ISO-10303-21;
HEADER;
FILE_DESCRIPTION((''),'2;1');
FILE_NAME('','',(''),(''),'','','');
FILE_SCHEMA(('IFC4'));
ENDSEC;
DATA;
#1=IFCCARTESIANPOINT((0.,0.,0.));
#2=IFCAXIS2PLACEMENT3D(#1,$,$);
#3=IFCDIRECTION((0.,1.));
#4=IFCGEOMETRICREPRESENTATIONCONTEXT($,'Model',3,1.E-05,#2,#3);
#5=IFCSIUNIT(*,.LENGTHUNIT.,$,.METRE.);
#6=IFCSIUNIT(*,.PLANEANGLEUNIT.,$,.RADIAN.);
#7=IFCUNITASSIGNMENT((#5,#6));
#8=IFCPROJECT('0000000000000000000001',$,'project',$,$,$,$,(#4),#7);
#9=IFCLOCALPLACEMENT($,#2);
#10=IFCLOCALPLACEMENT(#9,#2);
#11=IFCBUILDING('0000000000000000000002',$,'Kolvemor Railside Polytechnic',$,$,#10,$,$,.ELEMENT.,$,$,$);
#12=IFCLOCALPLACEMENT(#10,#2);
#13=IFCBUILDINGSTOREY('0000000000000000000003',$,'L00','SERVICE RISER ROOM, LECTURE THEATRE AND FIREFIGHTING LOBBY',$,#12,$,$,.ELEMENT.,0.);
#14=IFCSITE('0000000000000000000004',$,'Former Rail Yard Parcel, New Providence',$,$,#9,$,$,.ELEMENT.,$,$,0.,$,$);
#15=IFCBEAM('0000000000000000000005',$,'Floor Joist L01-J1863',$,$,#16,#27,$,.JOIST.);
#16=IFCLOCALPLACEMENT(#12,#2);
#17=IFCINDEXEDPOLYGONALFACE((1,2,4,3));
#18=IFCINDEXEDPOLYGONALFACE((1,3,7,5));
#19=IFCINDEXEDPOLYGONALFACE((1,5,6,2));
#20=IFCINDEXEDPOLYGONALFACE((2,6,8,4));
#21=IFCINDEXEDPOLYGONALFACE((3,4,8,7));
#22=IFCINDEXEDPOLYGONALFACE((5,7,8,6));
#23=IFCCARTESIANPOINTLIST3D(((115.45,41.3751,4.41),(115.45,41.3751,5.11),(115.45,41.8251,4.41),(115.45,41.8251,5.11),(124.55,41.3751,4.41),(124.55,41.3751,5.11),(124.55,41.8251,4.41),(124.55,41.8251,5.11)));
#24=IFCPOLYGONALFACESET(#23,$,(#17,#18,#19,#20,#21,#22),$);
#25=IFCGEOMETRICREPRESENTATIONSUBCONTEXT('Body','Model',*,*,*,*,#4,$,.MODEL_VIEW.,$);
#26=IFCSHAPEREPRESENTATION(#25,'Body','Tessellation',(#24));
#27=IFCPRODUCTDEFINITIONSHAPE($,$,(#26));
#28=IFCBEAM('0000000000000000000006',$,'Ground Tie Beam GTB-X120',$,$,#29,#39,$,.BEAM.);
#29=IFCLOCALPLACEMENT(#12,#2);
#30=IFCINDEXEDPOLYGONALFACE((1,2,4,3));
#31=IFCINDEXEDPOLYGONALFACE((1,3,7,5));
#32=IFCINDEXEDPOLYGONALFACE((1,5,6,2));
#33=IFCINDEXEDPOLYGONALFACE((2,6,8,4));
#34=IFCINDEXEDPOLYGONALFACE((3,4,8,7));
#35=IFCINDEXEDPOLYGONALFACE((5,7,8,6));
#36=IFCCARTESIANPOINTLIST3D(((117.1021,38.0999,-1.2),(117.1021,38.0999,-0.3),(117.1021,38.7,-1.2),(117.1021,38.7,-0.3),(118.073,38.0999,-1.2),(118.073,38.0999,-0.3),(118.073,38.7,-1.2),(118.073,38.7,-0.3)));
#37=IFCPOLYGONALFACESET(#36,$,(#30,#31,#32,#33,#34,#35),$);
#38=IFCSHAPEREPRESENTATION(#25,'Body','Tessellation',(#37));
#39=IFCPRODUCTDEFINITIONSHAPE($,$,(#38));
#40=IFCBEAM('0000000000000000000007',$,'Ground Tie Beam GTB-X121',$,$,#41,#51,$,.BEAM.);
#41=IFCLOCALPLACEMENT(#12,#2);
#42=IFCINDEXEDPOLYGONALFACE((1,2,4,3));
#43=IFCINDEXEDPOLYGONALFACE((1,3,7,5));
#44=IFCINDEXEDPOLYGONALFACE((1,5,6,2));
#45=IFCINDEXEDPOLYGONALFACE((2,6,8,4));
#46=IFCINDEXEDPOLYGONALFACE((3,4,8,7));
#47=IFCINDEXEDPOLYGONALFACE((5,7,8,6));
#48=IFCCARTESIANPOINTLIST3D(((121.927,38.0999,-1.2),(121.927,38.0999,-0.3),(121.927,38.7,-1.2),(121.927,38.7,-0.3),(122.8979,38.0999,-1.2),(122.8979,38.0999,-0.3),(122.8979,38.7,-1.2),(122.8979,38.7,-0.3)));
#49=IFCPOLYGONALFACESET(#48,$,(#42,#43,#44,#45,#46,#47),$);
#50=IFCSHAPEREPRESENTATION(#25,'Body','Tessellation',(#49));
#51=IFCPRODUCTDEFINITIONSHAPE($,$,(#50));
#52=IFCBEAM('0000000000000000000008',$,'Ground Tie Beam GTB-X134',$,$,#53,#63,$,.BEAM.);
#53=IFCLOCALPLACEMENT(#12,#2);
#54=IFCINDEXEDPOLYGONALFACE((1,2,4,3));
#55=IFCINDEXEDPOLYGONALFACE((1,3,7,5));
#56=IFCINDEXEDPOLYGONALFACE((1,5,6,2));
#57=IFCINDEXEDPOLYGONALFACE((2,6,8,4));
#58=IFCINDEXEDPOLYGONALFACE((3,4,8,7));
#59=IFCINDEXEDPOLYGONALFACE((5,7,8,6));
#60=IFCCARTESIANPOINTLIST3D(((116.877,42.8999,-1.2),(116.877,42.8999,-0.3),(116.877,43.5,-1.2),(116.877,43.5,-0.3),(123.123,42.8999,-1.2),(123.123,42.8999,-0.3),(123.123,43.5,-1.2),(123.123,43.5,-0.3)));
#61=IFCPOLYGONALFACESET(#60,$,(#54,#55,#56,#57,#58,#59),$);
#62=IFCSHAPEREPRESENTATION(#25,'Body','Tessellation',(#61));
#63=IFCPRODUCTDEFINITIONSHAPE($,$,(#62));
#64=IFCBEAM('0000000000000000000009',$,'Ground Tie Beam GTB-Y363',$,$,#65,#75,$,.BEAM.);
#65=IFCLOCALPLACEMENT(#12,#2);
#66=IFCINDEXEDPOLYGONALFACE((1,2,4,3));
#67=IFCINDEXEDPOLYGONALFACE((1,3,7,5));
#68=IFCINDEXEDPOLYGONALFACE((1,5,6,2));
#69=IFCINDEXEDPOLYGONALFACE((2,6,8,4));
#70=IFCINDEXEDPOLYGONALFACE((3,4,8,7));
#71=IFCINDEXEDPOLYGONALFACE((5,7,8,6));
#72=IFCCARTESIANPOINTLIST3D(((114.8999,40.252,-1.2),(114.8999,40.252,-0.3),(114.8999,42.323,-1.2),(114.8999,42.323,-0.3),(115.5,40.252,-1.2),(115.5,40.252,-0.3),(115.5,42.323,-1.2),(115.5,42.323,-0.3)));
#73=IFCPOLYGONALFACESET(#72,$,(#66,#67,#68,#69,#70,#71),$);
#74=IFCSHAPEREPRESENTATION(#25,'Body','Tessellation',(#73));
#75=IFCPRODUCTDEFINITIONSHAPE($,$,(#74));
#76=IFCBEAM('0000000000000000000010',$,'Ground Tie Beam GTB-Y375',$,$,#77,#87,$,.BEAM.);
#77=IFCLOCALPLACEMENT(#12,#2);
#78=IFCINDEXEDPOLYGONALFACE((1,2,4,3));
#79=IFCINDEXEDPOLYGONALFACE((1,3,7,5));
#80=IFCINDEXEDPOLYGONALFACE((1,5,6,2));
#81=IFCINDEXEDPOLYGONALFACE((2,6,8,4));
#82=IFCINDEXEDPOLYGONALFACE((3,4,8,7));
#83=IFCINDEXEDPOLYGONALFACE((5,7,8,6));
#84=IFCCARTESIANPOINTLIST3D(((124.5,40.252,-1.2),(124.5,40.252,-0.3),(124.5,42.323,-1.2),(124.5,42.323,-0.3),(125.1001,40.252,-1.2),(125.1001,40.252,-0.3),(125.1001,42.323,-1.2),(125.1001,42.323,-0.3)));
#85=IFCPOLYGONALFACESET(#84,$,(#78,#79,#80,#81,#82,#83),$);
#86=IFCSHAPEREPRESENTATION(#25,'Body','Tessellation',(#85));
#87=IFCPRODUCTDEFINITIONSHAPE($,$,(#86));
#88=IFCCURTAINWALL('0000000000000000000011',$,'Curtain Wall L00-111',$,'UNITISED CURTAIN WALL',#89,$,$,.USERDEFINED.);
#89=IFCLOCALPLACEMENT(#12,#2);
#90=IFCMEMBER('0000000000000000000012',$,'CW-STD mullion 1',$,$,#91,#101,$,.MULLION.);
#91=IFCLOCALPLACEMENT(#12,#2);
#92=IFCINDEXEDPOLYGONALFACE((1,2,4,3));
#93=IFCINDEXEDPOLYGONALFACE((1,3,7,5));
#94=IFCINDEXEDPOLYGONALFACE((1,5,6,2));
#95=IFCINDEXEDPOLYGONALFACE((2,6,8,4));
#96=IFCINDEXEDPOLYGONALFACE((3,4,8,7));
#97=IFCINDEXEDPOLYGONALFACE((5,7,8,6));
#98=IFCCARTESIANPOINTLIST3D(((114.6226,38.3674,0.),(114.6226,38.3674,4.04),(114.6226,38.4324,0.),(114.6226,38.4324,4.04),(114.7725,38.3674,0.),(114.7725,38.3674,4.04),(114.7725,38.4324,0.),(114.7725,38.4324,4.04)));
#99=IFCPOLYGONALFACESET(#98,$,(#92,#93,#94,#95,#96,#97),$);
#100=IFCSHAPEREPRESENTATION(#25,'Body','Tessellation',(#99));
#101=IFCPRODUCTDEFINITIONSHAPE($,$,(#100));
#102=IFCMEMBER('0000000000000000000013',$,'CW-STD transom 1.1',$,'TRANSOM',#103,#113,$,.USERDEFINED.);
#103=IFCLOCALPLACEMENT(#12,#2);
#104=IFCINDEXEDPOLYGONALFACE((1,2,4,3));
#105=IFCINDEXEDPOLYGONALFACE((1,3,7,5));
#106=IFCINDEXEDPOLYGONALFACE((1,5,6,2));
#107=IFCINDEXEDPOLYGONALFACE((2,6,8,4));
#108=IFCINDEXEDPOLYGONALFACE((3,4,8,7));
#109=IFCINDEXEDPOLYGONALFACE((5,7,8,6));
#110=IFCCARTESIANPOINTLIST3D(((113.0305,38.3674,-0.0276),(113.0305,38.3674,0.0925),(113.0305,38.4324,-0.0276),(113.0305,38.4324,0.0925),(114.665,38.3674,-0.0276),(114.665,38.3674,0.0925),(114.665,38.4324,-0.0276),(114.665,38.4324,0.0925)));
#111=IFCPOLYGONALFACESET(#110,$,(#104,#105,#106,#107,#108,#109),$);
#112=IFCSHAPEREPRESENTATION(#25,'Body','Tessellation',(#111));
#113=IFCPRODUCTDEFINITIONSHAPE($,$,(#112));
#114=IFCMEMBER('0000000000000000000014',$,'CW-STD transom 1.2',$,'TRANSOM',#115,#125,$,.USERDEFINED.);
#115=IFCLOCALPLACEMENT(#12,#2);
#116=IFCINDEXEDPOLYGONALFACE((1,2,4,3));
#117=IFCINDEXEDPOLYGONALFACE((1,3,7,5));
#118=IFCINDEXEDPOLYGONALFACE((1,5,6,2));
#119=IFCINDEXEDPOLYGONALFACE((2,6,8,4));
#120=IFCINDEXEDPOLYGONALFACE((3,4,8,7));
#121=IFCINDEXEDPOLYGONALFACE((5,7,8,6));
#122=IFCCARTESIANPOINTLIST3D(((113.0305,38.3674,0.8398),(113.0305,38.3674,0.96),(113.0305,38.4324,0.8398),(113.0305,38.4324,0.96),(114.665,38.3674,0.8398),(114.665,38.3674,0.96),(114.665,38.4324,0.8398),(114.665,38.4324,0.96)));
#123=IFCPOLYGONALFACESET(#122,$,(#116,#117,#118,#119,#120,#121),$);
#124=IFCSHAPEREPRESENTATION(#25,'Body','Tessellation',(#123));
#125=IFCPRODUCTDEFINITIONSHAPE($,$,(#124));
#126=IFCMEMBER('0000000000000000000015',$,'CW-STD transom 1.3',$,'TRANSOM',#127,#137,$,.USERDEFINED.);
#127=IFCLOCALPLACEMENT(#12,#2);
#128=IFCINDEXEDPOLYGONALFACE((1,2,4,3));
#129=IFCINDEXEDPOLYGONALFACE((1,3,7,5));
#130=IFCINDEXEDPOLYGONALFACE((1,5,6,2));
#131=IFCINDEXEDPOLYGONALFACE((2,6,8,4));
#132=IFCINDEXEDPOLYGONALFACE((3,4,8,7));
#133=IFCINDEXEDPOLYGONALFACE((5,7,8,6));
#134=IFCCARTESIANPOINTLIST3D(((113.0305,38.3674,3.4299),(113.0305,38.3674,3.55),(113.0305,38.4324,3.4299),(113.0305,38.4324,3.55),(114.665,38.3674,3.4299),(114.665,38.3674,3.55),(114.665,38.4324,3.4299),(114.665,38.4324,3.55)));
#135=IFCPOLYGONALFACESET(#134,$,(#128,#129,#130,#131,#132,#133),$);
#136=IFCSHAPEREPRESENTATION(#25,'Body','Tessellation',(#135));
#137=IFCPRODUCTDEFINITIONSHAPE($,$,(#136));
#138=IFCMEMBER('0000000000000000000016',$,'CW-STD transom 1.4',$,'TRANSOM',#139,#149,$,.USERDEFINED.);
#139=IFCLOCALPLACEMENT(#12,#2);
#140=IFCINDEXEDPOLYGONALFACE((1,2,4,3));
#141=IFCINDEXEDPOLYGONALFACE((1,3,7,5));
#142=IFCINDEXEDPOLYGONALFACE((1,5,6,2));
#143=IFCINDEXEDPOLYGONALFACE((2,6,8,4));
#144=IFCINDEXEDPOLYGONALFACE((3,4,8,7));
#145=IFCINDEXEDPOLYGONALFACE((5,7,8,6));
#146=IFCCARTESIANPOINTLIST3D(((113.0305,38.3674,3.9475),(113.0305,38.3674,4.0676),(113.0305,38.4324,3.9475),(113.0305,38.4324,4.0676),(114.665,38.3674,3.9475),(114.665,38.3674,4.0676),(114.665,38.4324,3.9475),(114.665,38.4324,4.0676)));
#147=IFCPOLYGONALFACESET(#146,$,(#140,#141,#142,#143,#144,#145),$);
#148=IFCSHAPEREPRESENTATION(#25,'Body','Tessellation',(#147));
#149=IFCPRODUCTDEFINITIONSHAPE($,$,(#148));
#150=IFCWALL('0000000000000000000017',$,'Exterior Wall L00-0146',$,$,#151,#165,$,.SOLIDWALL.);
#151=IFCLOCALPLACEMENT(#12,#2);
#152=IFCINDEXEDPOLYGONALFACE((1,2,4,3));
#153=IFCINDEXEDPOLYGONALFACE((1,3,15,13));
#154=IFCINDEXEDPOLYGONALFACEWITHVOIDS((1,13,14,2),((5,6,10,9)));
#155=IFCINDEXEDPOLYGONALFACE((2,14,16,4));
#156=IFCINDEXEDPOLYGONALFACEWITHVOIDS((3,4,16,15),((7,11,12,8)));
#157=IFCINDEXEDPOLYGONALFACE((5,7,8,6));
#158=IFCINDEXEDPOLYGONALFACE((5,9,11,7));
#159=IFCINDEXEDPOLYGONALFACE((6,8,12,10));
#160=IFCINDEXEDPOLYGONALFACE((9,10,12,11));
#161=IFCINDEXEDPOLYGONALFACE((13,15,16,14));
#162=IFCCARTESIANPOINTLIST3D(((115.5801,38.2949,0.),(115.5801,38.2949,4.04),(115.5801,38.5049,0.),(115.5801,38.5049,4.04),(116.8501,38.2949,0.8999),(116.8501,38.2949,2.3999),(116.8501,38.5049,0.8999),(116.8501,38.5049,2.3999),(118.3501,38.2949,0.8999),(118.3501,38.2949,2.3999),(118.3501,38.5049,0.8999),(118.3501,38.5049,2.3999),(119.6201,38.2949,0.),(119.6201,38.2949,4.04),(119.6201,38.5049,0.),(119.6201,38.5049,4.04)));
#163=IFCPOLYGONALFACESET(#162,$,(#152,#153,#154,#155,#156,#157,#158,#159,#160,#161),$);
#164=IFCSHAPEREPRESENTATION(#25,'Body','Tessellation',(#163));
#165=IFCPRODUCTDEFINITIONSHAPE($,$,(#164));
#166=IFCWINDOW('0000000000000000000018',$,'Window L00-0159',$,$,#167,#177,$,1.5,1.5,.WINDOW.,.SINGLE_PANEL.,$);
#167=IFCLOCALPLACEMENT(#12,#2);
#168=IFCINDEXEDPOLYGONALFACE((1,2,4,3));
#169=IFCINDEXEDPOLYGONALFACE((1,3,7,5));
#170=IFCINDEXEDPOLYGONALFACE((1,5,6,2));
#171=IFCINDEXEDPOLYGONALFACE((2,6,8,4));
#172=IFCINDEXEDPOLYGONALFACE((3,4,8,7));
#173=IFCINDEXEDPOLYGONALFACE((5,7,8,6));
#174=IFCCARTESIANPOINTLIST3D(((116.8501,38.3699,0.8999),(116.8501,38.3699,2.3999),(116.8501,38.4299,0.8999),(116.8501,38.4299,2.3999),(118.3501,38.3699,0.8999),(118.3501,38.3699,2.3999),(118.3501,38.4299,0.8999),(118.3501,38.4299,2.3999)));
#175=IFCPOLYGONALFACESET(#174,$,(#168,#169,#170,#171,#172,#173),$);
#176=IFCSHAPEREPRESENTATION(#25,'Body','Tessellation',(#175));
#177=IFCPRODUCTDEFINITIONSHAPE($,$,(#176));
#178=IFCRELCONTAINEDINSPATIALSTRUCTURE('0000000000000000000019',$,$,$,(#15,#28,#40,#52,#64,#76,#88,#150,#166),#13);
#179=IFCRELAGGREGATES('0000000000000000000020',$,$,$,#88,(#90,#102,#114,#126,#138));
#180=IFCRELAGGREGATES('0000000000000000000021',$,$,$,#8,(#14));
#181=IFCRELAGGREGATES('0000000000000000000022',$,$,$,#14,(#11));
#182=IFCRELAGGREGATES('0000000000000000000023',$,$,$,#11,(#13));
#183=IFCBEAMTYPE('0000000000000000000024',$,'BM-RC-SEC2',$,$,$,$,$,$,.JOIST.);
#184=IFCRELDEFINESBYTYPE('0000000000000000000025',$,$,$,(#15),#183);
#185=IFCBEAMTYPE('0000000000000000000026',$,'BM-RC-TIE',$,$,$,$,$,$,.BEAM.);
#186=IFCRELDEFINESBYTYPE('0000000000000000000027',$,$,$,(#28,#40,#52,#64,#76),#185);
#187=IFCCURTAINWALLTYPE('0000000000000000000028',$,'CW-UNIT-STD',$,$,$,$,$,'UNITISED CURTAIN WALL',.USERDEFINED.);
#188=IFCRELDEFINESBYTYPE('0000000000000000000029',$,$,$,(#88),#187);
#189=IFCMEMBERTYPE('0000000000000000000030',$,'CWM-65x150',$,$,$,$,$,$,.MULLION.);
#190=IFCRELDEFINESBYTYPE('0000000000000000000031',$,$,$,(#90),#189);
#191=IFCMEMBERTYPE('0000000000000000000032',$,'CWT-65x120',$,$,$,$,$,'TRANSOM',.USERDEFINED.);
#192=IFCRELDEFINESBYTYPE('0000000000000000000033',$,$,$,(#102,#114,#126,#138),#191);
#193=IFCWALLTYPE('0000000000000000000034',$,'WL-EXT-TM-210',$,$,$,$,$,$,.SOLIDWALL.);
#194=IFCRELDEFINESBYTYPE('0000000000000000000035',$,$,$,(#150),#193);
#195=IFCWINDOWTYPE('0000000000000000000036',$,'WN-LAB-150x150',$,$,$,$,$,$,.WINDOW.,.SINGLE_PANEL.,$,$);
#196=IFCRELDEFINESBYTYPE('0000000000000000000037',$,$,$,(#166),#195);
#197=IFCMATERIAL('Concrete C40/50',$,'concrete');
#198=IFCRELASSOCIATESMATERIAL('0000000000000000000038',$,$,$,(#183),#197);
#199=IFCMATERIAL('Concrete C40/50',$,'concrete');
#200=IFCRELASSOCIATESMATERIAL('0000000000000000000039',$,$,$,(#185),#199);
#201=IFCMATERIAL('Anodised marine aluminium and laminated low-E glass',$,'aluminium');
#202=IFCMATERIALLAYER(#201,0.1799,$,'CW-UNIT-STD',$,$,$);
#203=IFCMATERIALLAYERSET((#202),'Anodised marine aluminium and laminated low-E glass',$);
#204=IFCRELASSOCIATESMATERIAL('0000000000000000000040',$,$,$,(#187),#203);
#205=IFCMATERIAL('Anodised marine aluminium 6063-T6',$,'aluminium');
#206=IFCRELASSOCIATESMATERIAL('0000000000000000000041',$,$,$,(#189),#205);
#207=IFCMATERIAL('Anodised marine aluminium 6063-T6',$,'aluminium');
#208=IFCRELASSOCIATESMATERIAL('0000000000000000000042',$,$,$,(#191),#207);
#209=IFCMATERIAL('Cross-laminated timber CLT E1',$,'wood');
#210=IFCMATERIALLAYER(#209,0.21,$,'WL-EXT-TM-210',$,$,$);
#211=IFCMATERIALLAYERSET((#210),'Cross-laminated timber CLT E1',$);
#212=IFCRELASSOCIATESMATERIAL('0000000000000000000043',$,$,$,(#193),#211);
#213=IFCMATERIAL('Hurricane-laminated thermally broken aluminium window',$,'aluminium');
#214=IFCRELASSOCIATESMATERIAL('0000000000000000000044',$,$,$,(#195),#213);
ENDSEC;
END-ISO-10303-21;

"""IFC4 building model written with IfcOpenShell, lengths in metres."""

from ifc_helpers import new_model, si_unit, direction, frame, frame_2d, origin, origin_2d, place, context, subcontext, project, spatial, rectangle, extrude, material, layer, layer_set, material_profile, profile_set, type_object, element, fill, aggregate, save


model = new_model("IFC4")

# Units and contexts
model_context = context("Model", 3, precision=1e-05, world=origin(), true_north=direction((0.0, 1.0)))
body_context = subcontext(model_context, "Body", "Model", "MODEL_VIEW")
ifc_project = project(units=[si_unit("LENGTHUNIT", "METRE"), si_unit("PLANEANGLEUNIT", "RADIAN")], contexts=[model_context])

# Site, building, storey
site_placement = place(None, origin())
site = spatial("IfcSite", under=ifc_project, at=site_placement, Name="Former Rail Yard Parcel, New Providence", CompositionType="ELEMENT", RefElevation=0.0)
building_placement = place(site_placement, origin())
building = spatial("IfcBuilding", under=site, at=building_placement, Name="Kolvemor Railside Polytechnic", CompositionType="ELEMENT")
storey_placement = place(building_placement, origin())
storey = spatial("IfcBuildingStorey", under=building, at=storey_placement, Name="L00", Description="SERVICE RISER ROOM, LECTURE THEATRE AND FIREFIGHTING LOBBY", CompositionType="ELEMENT", Elevation=0.0)

# Beams
ifc_material_1 = material(Name="Concrete C40/50", Category="concrete")
ifc_material_profile_1 = material_profile(ifc_material_1, rectangle(XDim=0.45, YDim=0.7, at=origin_2d()), Name="RC450x700")
ifc_profile_set_1 = profile_set([ifc_material_profile_1], Name="Concrete C40/50")
beam_type_1 = type_object("IfcBeamType", Name="BM-RC-SEC2", PredefinedType="JOIST", material=ifc_profile_set_1)
for number, where, z_axis, x_axis, name in (
    (1, (115.45, 41.6001, 4.76), (1.0, 0.0, 0.0), (0.0, 1.0, 0.0), "Floor Joist L01-J1863"),
):
    element("IfcBeam", number, at=place(storey_placement, frame(where, z_axis=z_axis, x_axis=x_axis)), inside=storey, type_object=beam_type_1, Name=name, PredefinedType="JOIST", context=body_context, shape_type="SweptSolid", body=[
        extrude(rectangle(XDim=0.45, YDim=0.7, at=origin_2d()), origin(), (0.0, 0.0, 1.0), 9.1001),
    ])
ifc_material_2 = material(Name="Concrete C40/50", Category="concrete")
ifc_material_profile_2 = material_profile(ifc_material_2, rectangle(XDim=0.6001, YDim=0.8999, at=origin_2d()), Name="RC600x900")
ifc_profile_set_2 = profile_set([ifc_material_profile_2], Name="Concrete C40/50")
beam_type_2 = type_object("IfcBeamType", Name="BM-RC-TIE", PredefinedType="BEAM", material=ifc_profile_set_2)
for number, where, z_axis, x_axis, name in (
    (2, (117.1021, 38.3999, -0.75), (1.0, 0.0, 0.0), (0.0, 1.0, 0.0), "Ground Tie Beam GTB-X120"),
    (3, (121.927, 38.3999, -0.75), (1.0, 0.0, 0.0), (0.0, 1.0, 0.0), "Ground Tie Beam GTB-X121"),
):
    element("IfcBeam", number, at=place(storey_placement, frame(where, z_axis=z_axis, x_axis=x_axis)), inside=storey, type_object=beam_type_2, Name=name, PredefinedType="BEAM", context=body_context, shape_type="SweptSolid", body=[
        extrude(rectangle(XDim=0.6001, YDim=0.8999, at=origin_2d()), origin(), (0.0, 0.0, 1.0), 0.9709),
    ])
beam_1_placement = place(storey_placement, frame((116.877, 43.2, -0.75), z_axis=(1.0, 0.0, 0.0), x_axis=(0.0, 1.0, 0.0)))
element("IfcBeam", 4, at=beam_1_placement, inside=storey, type_object=beam_type_2, Name="Ground Tie Beam GTB-X134", PredefinedType="BEAM", context=body_context, shape_type="SweptSolid", body=[
    extrude(rectangle(XDim=0.6001, YDim=0.8999, at=origin_2d()), origin(), (0.0, 0.0, 1.0), 6.2461),
])
for number, where, z_axis, x_axis, name in (
    (5, (115.2, 40.252, -0.75), (0.0, 1.0, 0.0), (-1.0, 0.0, 0.0), "Ground Tie Beam GTB-Y363"),
    (6, (124.8, 40.252, -0.75), (0.0, 1.0, 0.0), (-1.0, 0.0, 0.0), "Ground Tie Beam GTB-Y375"),
):
    element("IfcBeam", number, at=place(storey_placement, frame(where, z_axis=z_axis, x_axis=x_axis)), inside=storey, type_object=beam_type_2, Name=name, PredefinedType="BEAM", context=body_context, shape_type="SweptSolid", body=[
        extrude(rectangle(XDim=0.6001, YDim=0.8999, at=origin_2d()), origin(), (0.0, 0.0, 1.0), 2.071),
    ])

# Curtain wall, members
ifc_material_3 = material(Name="Anodised marine aluminium and laminated low-E glass", Category="aluminium")
ifc_layer_1 = layer(ifc_material_3, 0.1799, Name="CW-UNIT-STD")
ifc_layer_set_1 = layer_set([ifc_layer_1], Name="Anodised marine aluminium and laminated low-E glass")
curtain_wall_type = type_object("IfcCurtainWallType", Name="CW-UNIT-STD", ElementType="UNITISED CURTAIN WALL", PredefinedType="USERDEFINED", material=ifc_layer_set_1)
curtain_wall_placement = place(storey_placement, origin())
curtain_wall = element("IfcCurtainWall", 7, at=curtain_wall_placement, inside=storey, type_object=curtain_wall_type, Name="Curtain Wall L00-111", ObjectType="UNITISED CURTAIN WALL", PredefinedType="USERDEFINED")
ifc_material_4 = material(Name="Anodised marine aluminium 6063-T6", Category="aluminium")
ifc_material_profile_3 = material_profile(ifc_material_4, rectangle(XDim=0.0649, YDim=0.1499, at=origin_2d()), Name="CW-MUL-65x150")
ifc_profile_set_3 = profile_set([ifc_material_profile_3], Name="Anodised marine aluminium 6063-T6")
member_type_1 = type_object("IfcMemberType", Name="CWM-65x150", PredefinedType="MULLION", material=ifc_profile_set_3)
member_1_placement = place(storey_placement, frame((114.6975, 38.3999, 0.0), z_axis=(0.0, 0.0, 1.0), x_axis=(0.0, -1.0, 0.0)))
member_1 = element("IfcMember", 8, at=member_1_placement, type_object=member_type_1, Name="CW-STD mullion 1", PredefinedType="MULLION", context=body_context, shape_type="SweptSolid", body=[
    extrude(rectangle(XDim=0.0649, YDim=0.1499, at=origin_2d()), origin(), (0.0, 0.0, 1.0), 4.04),
])
ifc_material_5 = material(Name="Anodised marine aluminium 6063-T6", Category="aluminium")
ifc_material_profile_4 = material_profile(ifc_material_5, rectangle(XDim=0.0649, YDim=0.1201, at=origin_2d()), Name="CW-TRN-65x120")
ifc_profile_set_4 = profile_set([ifc_material_profile_4], Name="Anodised marine aluminium 6063-T6")
member_type_2 = type_object("IfcMemberType", Name="CWT-65x120", ElementType="TRANSOM", PredefinedType="USERDEFINED", material=ifc_profile_set_4)
member_2_placement = place(storey_placement, frame((114.665, 38.3999, 0.0325), z_axis=(-1.0, 0.0, 0.0), x_axis=(0.0, -1.0, 0.0)))
member_2 = element("IfcMember", 9, at=member_2_placement, type_object=member_type_2, Name="CW-STD transom 1.1", ObjectType="TRANSOM", PredefinedType="USERDEFINED", context=body_context, shape_type="SweptSolid", body=[
    extrude(rectangle(XDim=0.0649, YDim=0.1201, at=origin_2d()), origin(), (0.0, 0.0, 1.0), 1.6345),
])
member_3_placement = place(storey_placement, frame((114.665, 38.3999, 0.8999), z_axis=(-1.0, 0.0, 0.0), x_axis=(0.0, -1.0, 0.0)))
member_3 = element("IfcMember", 10, at=member_3_placement, type_object=member_type_2, Name="CW-STD transom 1.2", ObjectType="TRANSOM", PredefinedType="USERDEFINED", context=body_context, shape_type="SweptSolid", body=[
    extrude(rectangle(XDim=0.0649, YDim=0.1201, at=origin_2d()), origin(), (0.0, 0.0, 1.0), 1.6345),
])
member_4_placement = place(storey_placement, frame((114.665, 38.3999, 3.49), z_axis=(-1.0, 0.0, 0.0), x_axis=(0.0, -1.0, 0.0)))
member_4 = element("IfcMember", 11, at=member_4_placement, type_object=member_type_2, Name="CW-STD transom 1.3", ObjectType="TRANSOM", PredefinedType="USERDEFINED", context=body_context, shape_type="SweptSolid", body=[
    extrude(rectangle(XDim=0.0649, YDim=0.1201, at=origin_2d()), origin(), (0.0, 0.0, 1.0), 1.6345),
])
member_5_placement = place(storey_placement, frame((114.665, 38.3999, 4.0076), z_axis=(-1.0, 0.0, 0.0), x_axis=(0.0, -1.0, 0.0)))
member_5 = element("IfcMember", 12, at=member_5_placement, type_object=member_type_2, Name="CW-STD transom 1.4", ObjectType="TRANSOM", PredefinedType="USERDEFINED", context=body_context, shape_type="SweptSolid", body=[
    extrude(rectangle(XDim=0.0649, YDim=0.1201, at=origin_2d()), origin(), (0.0, 0.0, 1.0), 1.6345),
])
aggregate(curtain_wall, [member_1, member_2, member_3, member_4, member_5])

# Wall, opening, window
ifc_material_6 = material(Name="Cross-laminated timber CLT E1", Category="wood")
ifc_layer_2 = layer(ifc_material_6, 0.21, Name="WL-EXT-TM-210")
ifc_layer_set_2 = layer_set([ifc_layer_2], Name="Cross-laminated timber CLT E1")
wall_type = type_object("IfcWallType", Name="WL-EXT-TM-210", PredefinedType="SOLIDWALL", material=ifc_layer_set_2)
wall_1_placement = place(storey_placement, frame((119.6201, 38.3999, 0.0), z_axis=(0.0, 0.0, 1.0), x_axis=(-1.0, 0.0, 0.0)))
wall_1 = element("IfcWall", 13, at=wall_1_placement, inside=storey, type_object=wall_type, Name="Exterior Wall L00-0146", PredefinedType="SOLIDWALL", context=body_context, shape_type="SweptSolid", body=[
    extrude(rectangle(XDim=4.04, YDim=0.21, at=frame_2d((2.02, 0.0))), origin(), (0.0, 0.0, 1.0), 4.04),
])
opening_1_placement = place(wall_1_placement, frame((1.27, 0.0, 0.8999)))
opening_1 = element("IfcOpeningElement", 14, at=opening_1_placement, cuts=wall_1, PredefinedType="OPENING", context=body_context, shape_type="SweptSolid", body=[
    extrude(rectangle(XDim=1.5, YDim=1.5, at=frame_2d((0.75, 0.75))), frame((0.0, 0.115, 0.0), z_axis=(0.0, -1.0, 0.0), x_axis=(1.0, 0.0, 0.0)), (0.0, 0.0, 1.0), 0.23),
])
ifc_material_7 = material(Name="Hurricane-laminated thermally broken aluminium window", Category="aluminium")
window_type = type_object("IfcWindowType", Name="WN-LAB-150x150", PartitioningType="SINGLE_PANEL", PredefinedType="WINDOW", material=ifc_material_7)
window_1_placement = place(opening_1_placement, origin())
window_1 = element("IfcWindow", 15, at=window_1_placement, inside=storey, type_object=window_type, Name="Window L00-0159", OverallHeight=1.5, OverallWidth=1.5, PartitioningType="SINGLE_PANEL", PredefinedType="WINDOW", context=body_context, shape_type="SweptSolid", body=[
    extrude(rectangle(XDim=1.5, YDim=1.5, at=frame_2d((0.75, 0.75))), frame((0.0, 0.03, 0.0), z_axis=(0.0, -1.0, 0.0), x_axis=(1.0, 0.0, 0.0)), (0.0, 0.0, 1.0), 0.0601),
])
fill(opening_1, window_1)

save(model, "model.ifc")
